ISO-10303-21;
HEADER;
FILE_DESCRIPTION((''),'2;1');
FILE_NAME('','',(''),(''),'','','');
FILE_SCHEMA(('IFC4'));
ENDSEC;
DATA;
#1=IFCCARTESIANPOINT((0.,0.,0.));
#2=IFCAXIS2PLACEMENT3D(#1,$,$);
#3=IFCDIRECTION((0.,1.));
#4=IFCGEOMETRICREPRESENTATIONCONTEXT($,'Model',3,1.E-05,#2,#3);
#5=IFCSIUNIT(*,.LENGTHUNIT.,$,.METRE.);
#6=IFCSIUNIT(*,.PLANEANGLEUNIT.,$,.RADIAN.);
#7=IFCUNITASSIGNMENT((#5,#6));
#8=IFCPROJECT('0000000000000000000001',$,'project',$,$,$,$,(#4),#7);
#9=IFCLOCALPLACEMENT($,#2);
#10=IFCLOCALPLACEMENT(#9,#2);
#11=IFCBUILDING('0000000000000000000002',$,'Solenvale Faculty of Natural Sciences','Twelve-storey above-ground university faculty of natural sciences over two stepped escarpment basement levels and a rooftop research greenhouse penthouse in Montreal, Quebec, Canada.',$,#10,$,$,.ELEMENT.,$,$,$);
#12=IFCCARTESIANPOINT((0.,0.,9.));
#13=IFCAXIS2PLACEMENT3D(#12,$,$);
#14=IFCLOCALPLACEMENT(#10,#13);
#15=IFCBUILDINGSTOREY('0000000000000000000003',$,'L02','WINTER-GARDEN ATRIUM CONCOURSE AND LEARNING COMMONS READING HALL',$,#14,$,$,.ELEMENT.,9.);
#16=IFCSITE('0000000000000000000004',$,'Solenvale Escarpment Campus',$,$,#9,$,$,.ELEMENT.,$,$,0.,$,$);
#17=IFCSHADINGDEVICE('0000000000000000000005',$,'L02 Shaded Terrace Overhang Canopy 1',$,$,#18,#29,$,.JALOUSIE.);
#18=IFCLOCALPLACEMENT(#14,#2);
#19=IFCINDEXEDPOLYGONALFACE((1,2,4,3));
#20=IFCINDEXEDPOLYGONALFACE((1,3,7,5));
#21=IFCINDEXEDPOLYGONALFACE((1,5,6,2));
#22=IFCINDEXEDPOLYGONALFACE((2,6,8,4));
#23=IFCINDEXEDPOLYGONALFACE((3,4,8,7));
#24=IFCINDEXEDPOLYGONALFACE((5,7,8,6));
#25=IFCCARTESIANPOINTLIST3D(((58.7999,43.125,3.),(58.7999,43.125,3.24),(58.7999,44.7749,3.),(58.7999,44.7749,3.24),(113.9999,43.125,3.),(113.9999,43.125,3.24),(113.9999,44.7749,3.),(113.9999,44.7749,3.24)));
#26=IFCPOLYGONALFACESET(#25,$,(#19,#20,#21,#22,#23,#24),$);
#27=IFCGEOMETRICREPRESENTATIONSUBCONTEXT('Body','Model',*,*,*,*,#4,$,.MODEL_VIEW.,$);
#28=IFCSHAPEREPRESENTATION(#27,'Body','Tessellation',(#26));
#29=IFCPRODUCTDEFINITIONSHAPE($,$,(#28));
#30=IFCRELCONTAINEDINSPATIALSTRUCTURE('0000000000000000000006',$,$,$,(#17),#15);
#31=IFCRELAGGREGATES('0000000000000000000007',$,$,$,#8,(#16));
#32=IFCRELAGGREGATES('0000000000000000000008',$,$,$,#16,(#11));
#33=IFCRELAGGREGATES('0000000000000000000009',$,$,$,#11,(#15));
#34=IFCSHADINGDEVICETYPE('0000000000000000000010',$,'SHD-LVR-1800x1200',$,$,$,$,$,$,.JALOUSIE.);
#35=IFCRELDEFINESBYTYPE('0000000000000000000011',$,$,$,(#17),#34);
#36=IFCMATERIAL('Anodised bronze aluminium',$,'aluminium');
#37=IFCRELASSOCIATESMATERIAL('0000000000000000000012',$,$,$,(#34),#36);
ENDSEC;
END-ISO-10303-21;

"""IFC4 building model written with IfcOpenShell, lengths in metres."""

from ifc_helpers import new_model, si_unit, direction, frame, origin, origin_2d, place, context, subcontext, project, spatial, rectangle, extrude, material, type_object, element, save


model = new_model("IFC4")

# Units and contexts
model_context = context("Model", 3, precision=1e-05, world=origin(), true_north=direction((0.0, 1.0)))
body_context = subcontext(model_context, "Body", "Model", "MODEL_VIEW")
ifc_project = project(units=[si_unit("LENGTHUNIT", "METRE"), si_unit("PLANEANGLEUNIT", "RADIAN")], contexts=[model_context])

# Site, building, storey
site_placement = place(None, origin())
site = spatial("IfcSite", under=ifc_project, at=site_placement, Name="Solenvale Escarpment Campus", CompositionType="ELEMENT", RefElevation=0.0)
building_placement = place(site_placement, origin())
building = spatial("IfcBuilding", under=site, at=building_placement, Name="Solenvale Faculty of Natural Sciences", Description="Twelve-storey above-ground university faculty of natural sciences over two stepped escarpment basement levels and a rooftop research greenhouse penthouse in Montreal, Quebec, Canada.", CompositionType="ELEMENT")
storey_placement = place(building_placement, frame((0.0, 0.0, 9.0)))
storey = spatial("IfcBuildingStorey", under=building, at=storey_placement, Name="L02", Description="WINTER-GARDEN ATRIUM CONCOURSE AND LEARNING COMMONS READING HALL", CompositionType="ELEMENT", Elevation=9.0)

# Shared definitions
ifc_material_1 = material(Name="Anodised bronze aluminium", Category="aluminium")

# Shading device
shading_device_type = type_object("IfcShadingDeviceType", Name="SHD-LVR-1800x1200", PredefinedType="JALOUSIE", material=ifc_material_1)
shading_device_placement = place(storey_placement, frame((86.3999, 43.95, 3.0), z_axis=(0.0, 0.0, 1.0), x_axis=(1.0, 0.0, 0.0)))
element("IfcShadingDevice", 1, at=shading_device_placement, inside=storey, type_object=shading_device_type, Name="L02 Shaded Terrace Overhang Canopy 1", PredefinedType="JALOUSIE", context=body_context, shape_type="SweptSolid", body=[
    extrude(rectangle(XDim=55.2, YDim=1.6499, at=origin_2d()), origin(), (0.0, 0.0, 1.0), 0.24),
])

save(model, "model.ifc")
